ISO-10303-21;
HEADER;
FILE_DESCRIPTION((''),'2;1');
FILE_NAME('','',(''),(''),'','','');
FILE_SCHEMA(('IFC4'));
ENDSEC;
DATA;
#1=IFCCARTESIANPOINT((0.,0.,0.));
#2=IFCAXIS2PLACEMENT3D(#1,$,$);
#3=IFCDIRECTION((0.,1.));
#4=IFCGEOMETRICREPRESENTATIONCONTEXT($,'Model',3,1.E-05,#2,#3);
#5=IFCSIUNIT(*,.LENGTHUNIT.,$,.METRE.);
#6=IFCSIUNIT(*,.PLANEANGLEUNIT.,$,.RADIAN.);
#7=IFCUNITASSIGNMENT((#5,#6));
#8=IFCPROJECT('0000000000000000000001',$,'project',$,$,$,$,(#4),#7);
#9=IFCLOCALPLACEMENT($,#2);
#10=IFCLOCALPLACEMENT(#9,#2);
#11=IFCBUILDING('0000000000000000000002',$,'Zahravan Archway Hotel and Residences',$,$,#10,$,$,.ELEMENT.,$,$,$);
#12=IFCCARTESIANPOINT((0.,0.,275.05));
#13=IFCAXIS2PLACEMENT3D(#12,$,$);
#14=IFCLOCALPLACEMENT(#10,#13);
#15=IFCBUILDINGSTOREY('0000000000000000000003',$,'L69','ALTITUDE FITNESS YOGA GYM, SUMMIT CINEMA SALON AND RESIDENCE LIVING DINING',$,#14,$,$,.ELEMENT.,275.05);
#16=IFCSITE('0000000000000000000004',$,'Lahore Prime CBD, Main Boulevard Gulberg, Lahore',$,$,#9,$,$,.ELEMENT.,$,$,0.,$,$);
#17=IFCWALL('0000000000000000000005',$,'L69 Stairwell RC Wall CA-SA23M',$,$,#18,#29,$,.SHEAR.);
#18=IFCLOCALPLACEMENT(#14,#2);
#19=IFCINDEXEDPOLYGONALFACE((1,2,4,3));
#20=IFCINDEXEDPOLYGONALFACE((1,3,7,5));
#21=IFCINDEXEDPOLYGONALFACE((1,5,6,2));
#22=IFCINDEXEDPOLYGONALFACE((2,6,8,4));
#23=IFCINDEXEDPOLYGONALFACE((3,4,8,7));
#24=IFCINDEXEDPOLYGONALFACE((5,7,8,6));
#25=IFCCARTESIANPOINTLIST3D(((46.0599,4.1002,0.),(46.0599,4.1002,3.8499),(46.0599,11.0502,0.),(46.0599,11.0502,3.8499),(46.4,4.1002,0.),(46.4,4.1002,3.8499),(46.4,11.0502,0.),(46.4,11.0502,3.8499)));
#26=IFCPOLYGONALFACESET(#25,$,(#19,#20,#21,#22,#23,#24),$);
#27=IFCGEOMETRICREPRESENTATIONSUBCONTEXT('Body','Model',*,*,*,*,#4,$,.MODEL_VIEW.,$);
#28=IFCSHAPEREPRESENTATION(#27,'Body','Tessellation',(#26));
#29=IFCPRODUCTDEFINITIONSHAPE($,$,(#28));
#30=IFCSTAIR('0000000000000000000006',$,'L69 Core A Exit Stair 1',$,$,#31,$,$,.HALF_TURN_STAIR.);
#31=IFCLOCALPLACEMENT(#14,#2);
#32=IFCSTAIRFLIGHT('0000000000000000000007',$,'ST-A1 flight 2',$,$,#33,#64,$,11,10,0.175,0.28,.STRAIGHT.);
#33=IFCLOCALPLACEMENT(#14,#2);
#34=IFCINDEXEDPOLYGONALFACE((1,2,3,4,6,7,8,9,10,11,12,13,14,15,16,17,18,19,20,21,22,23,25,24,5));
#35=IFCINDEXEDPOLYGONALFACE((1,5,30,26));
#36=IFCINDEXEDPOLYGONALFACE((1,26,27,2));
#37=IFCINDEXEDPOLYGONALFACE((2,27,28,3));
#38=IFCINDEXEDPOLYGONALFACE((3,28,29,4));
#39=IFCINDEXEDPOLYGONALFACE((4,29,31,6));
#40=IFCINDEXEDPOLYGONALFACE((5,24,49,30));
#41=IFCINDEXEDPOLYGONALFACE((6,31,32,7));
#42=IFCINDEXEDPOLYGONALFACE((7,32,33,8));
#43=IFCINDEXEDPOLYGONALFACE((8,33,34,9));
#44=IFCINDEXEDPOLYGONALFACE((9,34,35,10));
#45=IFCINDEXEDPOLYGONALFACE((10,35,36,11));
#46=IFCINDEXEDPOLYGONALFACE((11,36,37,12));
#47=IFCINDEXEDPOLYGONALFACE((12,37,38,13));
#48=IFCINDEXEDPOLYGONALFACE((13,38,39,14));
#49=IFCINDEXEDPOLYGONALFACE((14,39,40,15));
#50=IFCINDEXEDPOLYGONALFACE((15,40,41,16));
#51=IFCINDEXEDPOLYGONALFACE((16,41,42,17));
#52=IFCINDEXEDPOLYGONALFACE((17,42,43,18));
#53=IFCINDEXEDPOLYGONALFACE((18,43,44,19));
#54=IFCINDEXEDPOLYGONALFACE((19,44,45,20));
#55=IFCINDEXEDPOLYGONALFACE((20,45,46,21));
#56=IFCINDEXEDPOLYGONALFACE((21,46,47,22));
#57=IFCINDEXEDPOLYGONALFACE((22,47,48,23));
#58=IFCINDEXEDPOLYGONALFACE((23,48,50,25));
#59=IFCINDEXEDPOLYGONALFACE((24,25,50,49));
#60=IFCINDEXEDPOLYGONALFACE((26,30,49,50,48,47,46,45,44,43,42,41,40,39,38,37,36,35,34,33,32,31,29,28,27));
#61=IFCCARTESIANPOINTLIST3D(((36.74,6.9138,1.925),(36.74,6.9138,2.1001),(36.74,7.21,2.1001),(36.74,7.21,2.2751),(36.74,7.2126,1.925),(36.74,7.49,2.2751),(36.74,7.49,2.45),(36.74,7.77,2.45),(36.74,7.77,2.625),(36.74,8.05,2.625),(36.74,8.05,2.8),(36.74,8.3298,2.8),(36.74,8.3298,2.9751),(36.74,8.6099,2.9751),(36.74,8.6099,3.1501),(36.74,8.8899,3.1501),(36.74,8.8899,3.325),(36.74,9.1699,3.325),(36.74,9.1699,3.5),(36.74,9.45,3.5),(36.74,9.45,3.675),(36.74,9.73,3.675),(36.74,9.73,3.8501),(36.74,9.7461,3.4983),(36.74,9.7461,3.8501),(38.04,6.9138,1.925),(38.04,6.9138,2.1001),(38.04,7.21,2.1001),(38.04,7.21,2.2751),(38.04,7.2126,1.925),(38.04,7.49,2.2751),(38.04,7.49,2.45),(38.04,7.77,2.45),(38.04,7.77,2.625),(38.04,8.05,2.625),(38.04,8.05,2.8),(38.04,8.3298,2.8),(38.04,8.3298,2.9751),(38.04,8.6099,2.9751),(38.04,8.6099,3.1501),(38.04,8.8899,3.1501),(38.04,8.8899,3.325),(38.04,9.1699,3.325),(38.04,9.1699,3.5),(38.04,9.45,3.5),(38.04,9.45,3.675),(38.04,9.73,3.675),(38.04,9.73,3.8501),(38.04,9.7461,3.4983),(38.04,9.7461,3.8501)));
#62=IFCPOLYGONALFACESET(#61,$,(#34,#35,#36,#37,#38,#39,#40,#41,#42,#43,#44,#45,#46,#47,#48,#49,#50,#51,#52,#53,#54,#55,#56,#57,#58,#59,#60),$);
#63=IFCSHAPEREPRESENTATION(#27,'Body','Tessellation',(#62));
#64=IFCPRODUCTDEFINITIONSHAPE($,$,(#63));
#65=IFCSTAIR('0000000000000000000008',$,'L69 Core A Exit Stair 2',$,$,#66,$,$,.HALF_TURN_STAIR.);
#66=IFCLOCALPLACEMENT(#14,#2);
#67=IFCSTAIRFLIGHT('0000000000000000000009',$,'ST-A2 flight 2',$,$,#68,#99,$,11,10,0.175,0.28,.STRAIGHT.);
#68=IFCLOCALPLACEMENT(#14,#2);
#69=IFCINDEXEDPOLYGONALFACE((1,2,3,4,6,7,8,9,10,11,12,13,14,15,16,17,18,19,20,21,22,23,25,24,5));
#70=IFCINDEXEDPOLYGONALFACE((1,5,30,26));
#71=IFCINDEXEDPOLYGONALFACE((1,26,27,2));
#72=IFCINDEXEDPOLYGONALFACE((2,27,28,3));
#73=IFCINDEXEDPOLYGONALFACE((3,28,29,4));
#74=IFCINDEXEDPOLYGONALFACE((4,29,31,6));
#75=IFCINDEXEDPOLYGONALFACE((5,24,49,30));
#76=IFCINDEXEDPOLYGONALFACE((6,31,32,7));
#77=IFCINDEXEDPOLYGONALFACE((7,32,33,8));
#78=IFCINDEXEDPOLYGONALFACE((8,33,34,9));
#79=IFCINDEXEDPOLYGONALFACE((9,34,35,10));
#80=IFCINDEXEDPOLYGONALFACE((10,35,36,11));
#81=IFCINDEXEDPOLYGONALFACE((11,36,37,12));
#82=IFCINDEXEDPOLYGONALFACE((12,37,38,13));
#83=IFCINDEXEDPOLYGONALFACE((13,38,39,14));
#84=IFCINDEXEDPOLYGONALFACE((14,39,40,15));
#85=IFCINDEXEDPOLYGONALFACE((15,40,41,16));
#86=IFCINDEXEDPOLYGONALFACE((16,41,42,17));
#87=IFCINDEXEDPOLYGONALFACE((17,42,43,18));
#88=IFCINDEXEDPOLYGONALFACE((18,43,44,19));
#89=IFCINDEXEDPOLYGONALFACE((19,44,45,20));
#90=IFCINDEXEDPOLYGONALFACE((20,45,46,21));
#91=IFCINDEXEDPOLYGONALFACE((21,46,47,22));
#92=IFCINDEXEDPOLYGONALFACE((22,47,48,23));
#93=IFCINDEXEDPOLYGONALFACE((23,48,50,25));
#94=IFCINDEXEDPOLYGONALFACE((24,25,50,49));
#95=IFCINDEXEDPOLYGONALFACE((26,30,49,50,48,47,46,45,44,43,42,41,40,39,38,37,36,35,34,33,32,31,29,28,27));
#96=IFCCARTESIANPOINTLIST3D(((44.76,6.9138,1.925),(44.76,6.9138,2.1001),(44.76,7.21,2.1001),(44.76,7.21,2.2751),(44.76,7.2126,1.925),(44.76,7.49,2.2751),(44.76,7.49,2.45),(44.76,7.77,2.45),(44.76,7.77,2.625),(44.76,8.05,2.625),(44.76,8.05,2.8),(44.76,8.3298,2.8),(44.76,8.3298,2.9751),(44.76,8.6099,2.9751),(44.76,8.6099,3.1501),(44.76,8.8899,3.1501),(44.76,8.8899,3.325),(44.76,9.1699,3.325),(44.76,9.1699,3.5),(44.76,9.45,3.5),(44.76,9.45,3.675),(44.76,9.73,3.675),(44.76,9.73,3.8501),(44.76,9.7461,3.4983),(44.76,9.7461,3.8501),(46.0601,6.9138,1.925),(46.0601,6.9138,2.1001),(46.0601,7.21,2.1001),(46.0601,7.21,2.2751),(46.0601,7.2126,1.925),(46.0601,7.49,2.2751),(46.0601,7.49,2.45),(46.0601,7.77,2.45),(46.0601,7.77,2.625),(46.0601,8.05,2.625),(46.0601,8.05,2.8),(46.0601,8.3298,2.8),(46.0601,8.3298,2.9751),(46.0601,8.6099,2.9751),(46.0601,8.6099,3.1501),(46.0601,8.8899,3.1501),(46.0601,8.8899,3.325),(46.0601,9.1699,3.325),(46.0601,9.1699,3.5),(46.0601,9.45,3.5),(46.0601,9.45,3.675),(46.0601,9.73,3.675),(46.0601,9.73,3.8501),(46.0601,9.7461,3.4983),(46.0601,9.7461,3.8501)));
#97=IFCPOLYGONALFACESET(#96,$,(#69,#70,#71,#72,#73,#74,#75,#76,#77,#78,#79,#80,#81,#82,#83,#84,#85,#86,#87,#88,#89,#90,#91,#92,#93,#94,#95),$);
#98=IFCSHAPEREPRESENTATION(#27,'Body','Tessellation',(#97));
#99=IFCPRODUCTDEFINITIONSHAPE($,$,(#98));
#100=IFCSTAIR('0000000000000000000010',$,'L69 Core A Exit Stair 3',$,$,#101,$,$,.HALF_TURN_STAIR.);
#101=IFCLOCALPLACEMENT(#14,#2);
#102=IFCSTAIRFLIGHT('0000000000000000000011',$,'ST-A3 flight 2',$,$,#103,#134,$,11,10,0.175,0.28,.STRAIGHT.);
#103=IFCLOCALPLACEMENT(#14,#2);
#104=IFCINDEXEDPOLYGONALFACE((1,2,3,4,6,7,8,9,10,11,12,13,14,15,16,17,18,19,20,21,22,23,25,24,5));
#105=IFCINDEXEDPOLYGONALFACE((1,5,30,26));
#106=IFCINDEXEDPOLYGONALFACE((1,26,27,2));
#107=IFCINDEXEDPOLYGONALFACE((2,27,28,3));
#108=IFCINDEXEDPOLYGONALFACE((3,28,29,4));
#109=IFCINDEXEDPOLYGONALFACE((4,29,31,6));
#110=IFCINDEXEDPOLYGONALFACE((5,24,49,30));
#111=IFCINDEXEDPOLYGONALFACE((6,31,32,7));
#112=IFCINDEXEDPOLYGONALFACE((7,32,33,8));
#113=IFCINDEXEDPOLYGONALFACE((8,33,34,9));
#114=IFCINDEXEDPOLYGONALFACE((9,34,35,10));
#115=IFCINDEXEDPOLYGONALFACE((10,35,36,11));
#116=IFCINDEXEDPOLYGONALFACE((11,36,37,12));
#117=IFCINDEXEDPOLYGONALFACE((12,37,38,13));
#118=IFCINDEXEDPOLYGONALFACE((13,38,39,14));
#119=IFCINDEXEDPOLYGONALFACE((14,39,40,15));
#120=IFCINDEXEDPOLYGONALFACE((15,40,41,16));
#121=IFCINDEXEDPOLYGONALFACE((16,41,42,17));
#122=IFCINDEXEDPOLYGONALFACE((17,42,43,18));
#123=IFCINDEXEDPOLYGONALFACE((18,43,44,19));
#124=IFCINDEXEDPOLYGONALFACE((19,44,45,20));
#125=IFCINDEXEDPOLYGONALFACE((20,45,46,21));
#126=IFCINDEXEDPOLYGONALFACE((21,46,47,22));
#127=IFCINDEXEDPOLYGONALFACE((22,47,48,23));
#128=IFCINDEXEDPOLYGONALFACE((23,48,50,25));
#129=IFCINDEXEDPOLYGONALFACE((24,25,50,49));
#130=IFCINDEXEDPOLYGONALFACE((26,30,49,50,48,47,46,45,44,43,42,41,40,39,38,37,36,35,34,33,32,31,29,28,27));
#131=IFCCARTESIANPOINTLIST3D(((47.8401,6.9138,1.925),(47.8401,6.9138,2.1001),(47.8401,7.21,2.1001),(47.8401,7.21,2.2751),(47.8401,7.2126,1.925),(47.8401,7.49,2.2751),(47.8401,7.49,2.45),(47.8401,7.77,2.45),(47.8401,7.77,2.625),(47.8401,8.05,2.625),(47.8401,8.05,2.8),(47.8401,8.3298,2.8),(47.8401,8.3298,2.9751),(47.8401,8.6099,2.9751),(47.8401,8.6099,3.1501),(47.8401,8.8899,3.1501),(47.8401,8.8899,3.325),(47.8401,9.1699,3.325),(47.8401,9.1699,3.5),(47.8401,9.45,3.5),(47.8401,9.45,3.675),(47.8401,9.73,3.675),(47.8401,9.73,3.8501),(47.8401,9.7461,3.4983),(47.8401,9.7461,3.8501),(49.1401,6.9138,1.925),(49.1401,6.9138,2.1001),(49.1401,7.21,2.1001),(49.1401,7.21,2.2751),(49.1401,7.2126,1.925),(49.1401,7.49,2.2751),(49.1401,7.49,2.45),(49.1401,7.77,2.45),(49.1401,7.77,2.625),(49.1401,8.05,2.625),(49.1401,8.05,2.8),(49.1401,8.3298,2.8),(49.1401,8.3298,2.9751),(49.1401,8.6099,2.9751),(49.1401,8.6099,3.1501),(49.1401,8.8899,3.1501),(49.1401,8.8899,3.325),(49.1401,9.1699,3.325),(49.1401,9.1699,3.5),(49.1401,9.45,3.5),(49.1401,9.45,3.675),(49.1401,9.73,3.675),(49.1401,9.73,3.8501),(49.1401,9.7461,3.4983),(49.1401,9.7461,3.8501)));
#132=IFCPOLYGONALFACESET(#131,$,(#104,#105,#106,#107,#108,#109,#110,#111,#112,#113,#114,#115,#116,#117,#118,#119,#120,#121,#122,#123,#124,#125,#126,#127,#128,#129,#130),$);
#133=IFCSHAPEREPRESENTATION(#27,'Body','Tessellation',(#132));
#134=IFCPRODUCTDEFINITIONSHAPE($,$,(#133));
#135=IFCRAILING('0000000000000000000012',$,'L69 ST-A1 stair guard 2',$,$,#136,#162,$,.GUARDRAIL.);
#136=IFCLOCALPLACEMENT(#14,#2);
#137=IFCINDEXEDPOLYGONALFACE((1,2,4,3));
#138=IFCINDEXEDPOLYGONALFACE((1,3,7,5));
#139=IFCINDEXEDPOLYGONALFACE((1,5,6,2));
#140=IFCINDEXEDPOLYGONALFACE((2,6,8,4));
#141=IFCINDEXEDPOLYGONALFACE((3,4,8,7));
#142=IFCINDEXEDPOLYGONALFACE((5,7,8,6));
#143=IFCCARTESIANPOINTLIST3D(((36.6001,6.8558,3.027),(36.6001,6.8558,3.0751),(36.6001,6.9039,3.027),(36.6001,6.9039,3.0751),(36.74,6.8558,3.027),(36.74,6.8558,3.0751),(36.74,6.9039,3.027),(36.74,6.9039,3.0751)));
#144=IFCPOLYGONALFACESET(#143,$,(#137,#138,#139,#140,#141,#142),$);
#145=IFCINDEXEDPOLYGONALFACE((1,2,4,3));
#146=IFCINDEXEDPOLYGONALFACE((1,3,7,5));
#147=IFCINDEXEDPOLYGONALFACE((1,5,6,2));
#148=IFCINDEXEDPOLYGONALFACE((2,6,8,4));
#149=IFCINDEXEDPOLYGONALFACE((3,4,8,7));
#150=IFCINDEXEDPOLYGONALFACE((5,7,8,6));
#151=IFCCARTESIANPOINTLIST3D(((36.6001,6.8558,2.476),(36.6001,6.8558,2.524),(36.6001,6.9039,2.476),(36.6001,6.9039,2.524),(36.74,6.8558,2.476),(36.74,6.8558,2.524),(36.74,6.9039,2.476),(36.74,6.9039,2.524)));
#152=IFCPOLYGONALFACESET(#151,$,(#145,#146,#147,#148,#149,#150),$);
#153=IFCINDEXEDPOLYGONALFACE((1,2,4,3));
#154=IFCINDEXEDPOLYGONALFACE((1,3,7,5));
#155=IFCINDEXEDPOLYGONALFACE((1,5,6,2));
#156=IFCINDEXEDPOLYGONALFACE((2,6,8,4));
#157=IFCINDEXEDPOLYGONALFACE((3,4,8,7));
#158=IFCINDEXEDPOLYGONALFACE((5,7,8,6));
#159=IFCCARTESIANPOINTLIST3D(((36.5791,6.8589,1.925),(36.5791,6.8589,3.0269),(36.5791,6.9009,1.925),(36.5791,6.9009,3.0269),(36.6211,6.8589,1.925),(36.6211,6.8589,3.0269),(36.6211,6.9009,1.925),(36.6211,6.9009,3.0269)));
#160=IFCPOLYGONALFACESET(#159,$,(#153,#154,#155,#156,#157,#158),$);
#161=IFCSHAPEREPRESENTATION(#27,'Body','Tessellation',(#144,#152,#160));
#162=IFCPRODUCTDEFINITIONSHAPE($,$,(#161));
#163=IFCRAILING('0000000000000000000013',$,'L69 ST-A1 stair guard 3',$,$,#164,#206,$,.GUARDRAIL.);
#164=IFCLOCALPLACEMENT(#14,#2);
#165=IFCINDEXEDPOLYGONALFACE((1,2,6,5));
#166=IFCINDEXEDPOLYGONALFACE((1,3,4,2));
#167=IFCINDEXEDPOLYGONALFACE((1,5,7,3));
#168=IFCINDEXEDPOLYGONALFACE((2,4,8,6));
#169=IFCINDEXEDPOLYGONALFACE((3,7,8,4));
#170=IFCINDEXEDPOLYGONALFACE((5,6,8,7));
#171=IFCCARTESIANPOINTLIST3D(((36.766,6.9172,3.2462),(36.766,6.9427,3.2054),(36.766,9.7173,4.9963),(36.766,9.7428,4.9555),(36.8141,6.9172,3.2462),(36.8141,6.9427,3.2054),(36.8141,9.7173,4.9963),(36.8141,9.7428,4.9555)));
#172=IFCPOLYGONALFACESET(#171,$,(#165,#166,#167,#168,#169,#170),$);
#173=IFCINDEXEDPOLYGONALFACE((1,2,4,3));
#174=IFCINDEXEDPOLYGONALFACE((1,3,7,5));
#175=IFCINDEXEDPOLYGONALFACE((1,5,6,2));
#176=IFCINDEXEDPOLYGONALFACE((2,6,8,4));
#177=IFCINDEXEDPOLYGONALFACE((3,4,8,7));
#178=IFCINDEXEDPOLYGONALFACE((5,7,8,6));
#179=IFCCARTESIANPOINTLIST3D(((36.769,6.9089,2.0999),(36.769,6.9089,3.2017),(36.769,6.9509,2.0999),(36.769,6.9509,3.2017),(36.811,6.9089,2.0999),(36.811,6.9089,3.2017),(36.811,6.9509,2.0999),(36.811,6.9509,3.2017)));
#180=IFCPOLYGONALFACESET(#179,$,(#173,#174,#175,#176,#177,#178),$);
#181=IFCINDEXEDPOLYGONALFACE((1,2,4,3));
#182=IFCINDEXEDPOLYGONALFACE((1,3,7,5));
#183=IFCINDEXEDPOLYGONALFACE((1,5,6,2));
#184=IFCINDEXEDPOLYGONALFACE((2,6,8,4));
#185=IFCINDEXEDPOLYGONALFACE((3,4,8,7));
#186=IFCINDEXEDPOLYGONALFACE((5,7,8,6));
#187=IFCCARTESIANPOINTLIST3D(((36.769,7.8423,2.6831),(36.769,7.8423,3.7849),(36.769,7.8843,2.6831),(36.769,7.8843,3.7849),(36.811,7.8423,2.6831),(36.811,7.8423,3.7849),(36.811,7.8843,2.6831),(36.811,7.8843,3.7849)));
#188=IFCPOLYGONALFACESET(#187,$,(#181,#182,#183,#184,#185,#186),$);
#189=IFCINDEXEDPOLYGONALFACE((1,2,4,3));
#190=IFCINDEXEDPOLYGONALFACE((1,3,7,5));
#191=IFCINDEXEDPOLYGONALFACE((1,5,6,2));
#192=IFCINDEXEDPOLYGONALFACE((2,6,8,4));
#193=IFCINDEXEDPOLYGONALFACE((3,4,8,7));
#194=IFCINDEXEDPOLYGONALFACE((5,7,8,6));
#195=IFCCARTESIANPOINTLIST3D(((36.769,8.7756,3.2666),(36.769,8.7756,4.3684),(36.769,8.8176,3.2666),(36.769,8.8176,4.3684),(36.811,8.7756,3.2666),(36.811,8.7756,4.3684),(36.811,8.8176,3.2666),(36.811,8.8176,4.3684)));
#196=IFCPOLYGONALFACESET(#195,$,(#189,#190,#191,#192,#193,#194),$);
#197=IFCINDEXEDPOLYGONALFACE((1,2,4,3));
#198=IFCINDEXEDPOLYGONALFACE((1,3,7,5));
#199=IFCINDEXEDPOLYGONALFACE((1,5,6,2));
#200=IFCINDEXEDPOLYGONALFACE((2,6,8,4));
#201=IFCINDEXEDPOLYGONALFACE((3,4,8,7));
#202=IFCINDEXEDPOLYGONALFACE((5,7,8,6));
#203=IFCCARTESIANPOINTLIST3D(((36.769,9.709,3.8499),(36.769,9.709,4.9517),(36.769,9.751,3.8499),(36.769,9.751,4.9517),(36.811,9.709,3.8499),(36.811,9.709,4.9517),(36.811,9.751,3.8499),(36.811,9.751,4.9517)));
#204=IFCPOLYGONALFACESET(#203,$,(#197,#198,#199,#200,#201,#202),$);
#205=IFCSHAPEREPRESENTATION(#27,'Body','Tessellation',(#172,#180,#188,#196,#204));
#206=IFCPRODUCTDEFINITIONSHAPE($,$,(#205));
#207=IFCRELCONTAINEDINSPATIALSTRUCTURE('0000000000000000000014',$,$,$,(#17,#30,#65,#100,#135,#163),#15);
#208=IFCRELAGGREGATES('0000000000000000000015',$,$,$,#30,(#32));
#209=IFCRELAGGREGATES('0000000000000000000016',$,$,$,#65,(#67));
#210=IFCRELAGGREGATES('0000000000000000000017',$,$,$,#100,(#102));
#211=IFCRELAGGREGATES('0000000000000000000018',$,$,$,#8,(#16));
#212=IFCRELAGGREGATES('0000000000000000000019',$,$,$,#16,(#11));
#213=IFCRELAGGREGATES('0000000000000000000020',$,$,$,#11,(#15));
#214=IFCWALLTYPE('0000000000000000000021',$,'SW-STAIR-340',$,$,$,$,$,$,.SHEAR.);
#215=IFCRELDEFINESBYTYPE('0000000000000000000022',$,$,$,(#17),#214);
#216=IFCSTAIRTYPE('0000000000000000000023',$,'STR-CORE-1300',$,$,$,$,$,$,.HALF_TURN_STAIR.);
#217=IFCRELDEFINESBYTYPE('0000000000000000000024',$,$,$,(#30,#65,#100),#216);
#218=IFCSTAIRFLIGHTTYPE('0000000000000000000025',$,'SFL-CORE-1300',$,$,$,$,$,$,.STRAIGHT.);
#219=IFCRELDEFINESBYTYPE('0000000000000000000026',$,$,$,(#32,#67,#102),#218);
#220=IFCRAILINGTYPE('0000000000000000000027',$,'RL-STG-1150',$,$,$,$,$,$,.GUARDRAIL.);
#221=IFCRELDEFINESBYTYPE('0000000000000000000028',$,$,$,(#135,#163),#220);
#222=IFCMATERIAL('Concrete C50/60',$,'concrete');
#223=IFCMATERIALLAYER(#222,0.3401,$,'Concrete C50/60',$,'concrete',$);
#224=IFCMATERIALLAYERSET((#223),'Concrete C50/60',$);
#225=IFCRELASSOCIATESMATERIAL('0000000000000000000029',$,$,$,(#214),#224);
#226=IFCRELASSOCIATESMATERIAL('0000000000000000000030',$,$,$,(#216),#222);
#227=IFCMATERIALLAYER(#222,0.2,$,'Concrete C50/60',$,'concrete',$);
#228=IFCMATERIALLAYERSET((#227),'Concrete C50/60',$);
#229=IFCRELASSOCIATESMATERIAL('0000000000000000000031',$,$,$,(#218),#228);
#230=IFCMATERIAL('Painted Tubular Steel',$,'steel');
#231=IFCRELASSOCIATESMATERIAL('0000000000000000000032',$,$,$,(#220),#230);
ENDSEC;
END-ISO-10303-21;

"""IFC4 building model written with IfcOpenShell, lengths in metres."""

from ifc_helpers import new_model, si_unit, direction, frame, frame_2d, origin, origin_2d, place, context, subcontext, project, spatial, polyline, rectangle, outline, extrude, source, transform, mapped, material, layer, layer_set, type_object, element, aggregate, save


model = new_model("IFC4")

# Units and contexts
model_context = context("Model", 3, precision=1e-05, world=origin(), true_north=direction((0.0, 1.0)))
body_context = subcontext(model_context, "Body", "Model", "MODEL_VIEW")
ifc_project = project(units=[si_unit("LENGTHUNIT", "METRE"), si_unit("PLANEANGLEUNIT", "RADIAN")], contexts=[model_context])

# Site, building, storey
site_placement = place(None, origin())
site = spatial("IfcSite", under=ifc_project, at=site_placement, Name="Lahore Prime CBD, Main Boulevard Gulberg, Lahore", CompositionType="ELEMENT", RefElevation=0.0)
building_placement = place(site_placement, origin())
building = spatial("IfcBuilding", under=site, at=building_placement, Name="Zahravan Archway Hotel and Residences", CompositionType="ELEMENT")
storey_placement = place(building_placement, frame((0.0, 0.0, 275.05)))
storey = spatial("IfcBuildingStorey", under=building, at=storey_placement, Name="L69", Description="ALTITUDE FITNESS YOGA GYM, SUMMIT CINEMA SALON AND RESIDENCE LIVING DINING", CompositionType="ELEMENT", Elevation=275.05)

# Shared definitions
ifc_material_1 = material(Name="Concrete C50/60", Category="concrete")

# Wall
ifc_layer_1 = layer(ifc_material_1, 0.3401, Name="Concrete C50/60", Category="concrete")
ifc_layer_set_1 = layer_set([ifc_layer_1], Name="Concrete C50/60")
wall_type_1 = type_object("IfcWallType", Name="SW-STAIR-340", PredefinedType="SHEAR", material=ifc_layer_set_1)
wall_1_placement = place(storey_placement, frame((46.23, 4.1001, 0.0), z_axis=(0.0, 0.0, 1.0), x_axis=(0.0, 1.0, 0.0)))
element("IfcWall", 1, at=wall_1_placement, inside=storey, type_object=wall_type_1, Name="L69 Stairwell RC Wall CA-SA23M", PredefinedType="SHEAR", context=body_context, shape_type="SweptSolid", body=[
    extrude(rectangle(XDim=6.95, YDim=0.3401, at=frame_2d((3.4751, 0.0))), origin(), (0.0, 0.0, 1.0), 3.8499),
])

# Stairs, stair flights
stair_type = type_object("IfcStairType", Name="STR-CORE-1300", PredefinedType="HALF_TURN_STAIR", material=ifc_material_1)
stair_1_placement = place(storey_placement, origin())
stair_1 = element("IfcStair", 2, at=stair_1_placement, inside=storey, type_object=stair_type, Name="L69 Core A Exit Stair 1", PredefinedType="HALF_TURN_STAIR")
ifc_layer_2 = layer(ifc_material_1, 0.2, Name="Concrete C50/60", Category="concrete")
ifc_layer_set_2 = layer_set([ifc_layer_2], Name="Concrete C50/60")
stair_flight_type = type_object("IfcStairFlightType", Name="SFL-CORE-1300", PredefinedType="STRAIGHT", material=ifc_layer_set_2)
shared_shape_1 = source(origin(), body_context, "Body", "SweptSolid", [
    extrude(outline(polyline([(-0.0161, 0.0), (-0.0161, 0.175), (0.28, 0.175), (0.28, 0.3501), (0.5601, 0.3501), (0.5601, 0.5249), (0.8401, 0.5249), (0.8401, 0.7), (1.1201, 0.7), (1.1201, 0.875), (1.3999, 0.875), (1.3999, 1.05), (1.6799, 1.05), (1.6799, 1.2251), (1.96, 1.2251), (1.96, 1.3999), (2.24, 1.3999), (2.24, 1.575), (2.52, 1.575), (2.52, 1.75), (2.8, 1.75), (2.8, 1.925), (2.8162, 1.925), (2.8162, 1.5732), (0.2827, 0.0), (-0.0161, 0.0)])), frame((0.0, 0.6499, 0.0), z_axis=(0.0, -1.0, 0.0), x_axis=(1.0, 0.0, 0.0)), (0.0, 0.0, 1.0), 1.3),
])
stair_flight_1_placement = place(storey_placement, frame((37.3899, 6.9299, 1.925), z_axis=(0.0, 0.0, 1.0), x_axis=(0.0, 1.0, 0.0)))
stair_flight_1 = element("IfcStairFlight", 3, at=stair_flight_1_placement, type_object=stair_flight_type, Name="ST-A1 flight 2", NumberOfRisers=11, NumberOfTreads=10, PredefinedType="STRAIGHT", RiserHeight=0.175, TreadLength=0.28, context=body_context, shape_type="MappedRepresentation", body=[
    mapped(shared_shape_1, transform((0.0, 0.0, 0.0), scale=1.0)),
])
aggregate(stair_1, [stair_flight_1])
stair_2_placement = place(storey_placement, origin())
stair_2 = element("IfcStair", 4, at=stair_2_placement, inside=storey, type_object=stair_type, Name="L69 Core A Exit Stair 2", PredefinedType="HALF_TURN_STAIR")
stair_flight_2_placement = place(storey_placement, frame((45.4099, 6.9299, 1.925), z_axis=(0.0, 0.0, 1.0), x_axis=(0.0, 1.0, 0.0)))
stair_flight_2 = element("IfcStairFlight", 5, at=stair_flight_2_placement, type_object=stair_flight_type, Name="ST-A2 flight 2", NumberOfRisers=11, NumberOfTreads=10, PredefinedType="STRAIGHT", RiserHeight=0.175, TreadLength=0.28, context=body_context, shape_type="MappedRepresentation", body=[
    mapped(shared_shape_1, transform((0.0, 0.0, 0.0), scale=1.0)),
])
aggregate(stair_2, [stair_flight_2])
stair_3_placement = place(storey_placement, origin())
stair_3 = element("IfcStair", 6, at=stair_3_placement, inside=storey, type_object=stair_type, Name="L69 Core A Exit Stair 3", PredefinedType="HALF_TURN_STAIR")
stair_flight_3_placement = place(storey_placement, frame((48.49, 6.9299, 1.925), z_axis=(0.0, 0.0, 1.0), x_axis=(0.0, 1.0, 0.0)))
stair_flight_3 = element("IfcStairFlight", 7, at=stair_flight_3_placement, type_object=stair_flight_type, Name="ST-A3 flight 2", NumberOfRisers=11, NumberOfTreads=10, PredefinedType="STRAIGHT", RiserHeight=0.175, TreadLength=0.28, context=body_context, shape_type="MappedRepresentation", body=[
    mapped(shared_shape_1, transform((0.0, 0.0, 0.0), scale=1.0)),
])
aggregate(stair_3, [stair_flight_3])

# Railings
ifc_material_2 = material(Name="Painted Tubular Steel", Category="steel")
railing_type_1 = type_object("IfcRailingType", Name="RL-STG-1150", PredefinedType="GUARDRAIL", material=ifc_material_2)
railing_1_placement = place(storey_placement, frame((36.6001, 6.8799, 1.925)))
element("IfcRailing", 8, at=railing_1_placement, inside=storey, type_object=railing_type_1, Name="L69 ST-A1 stair guard 2", PredefinedType="GUARDRAIL", context=body_context, shape_type="SweptSolid", body=[
    extrude(rectangle(XDim=0.0481, YDim=0.0481, at=origin_2d()), frame((0.0, 0.0, 1.126), z_axis=(1.0, 0.0, 0.0), x_axis=(0.0, 1.0, 0.0)), (0.0, 0.0, 1.0), 0.1399),
    extrude(rectangle(XDim=0.0481, YDim=0.0481, at=origin_2d()), frame((0.0, 0.0, 0.575), z_axis=(1.0, 0.0, 0.0), x_axis=(0.0, 1.0, 0.0)), (0.0, 0.0, 1.0), 0.1399),
    extrude(rectangle(XDim=0.042, YDim=0.042, at=origin_2d()), origin(), (0.0, 0.0, 1.0), 1.1018),
])
railing_2_placement = place(storey_placement, frame((36.79, 6.9299, 2.0999)))
element("IfcRailing", 9, at=railing_2_placement, inside=storey, type_object=railing_type_1, Name="L69 ST-A1 stair guard 3", PredefinedType="GUARDRAIL", context=body_context, shape_type="SweptSolid", body=[
    extrude(rectangle(XDim=0.0481, YDim=0.0481, at=origin_2d()), frame((0.0, 0.0, 1.126), z_axis=(0.0, 0.848002, 0.529992), x_axis=(-1.0, 0.0, 0.0)), (0.0, 0.0, 1.0), 3.302),
    extrude(rectangle(XDim=0.042, YDim=0.042, at=origin_2d()), origin(), (0.0, 0.0, 1.0), 1.1018),
    extrude(rectangle(XDim=0.042, YDim=0.042, at=origin_2d()), frame((0.0, 0.9333, 0.5833)), (0.0, 0.0, 1.0), 1.1018),
    extrude(rectangle(XDim=0.042, YDim=0.042, at=origin_2d()), frame((0.0, 1.8667, 1.1667)), (0.0, 0.0, 1.0), 1.1018),
    extrude(rectangle(XDim=0.042, YDim=0.042, at=origin_2d()), frame((0.0, 2.8, 1.75)), (0.0, 0.0, 1.0), 1.1018),
])

save(model, "model.ifc")
